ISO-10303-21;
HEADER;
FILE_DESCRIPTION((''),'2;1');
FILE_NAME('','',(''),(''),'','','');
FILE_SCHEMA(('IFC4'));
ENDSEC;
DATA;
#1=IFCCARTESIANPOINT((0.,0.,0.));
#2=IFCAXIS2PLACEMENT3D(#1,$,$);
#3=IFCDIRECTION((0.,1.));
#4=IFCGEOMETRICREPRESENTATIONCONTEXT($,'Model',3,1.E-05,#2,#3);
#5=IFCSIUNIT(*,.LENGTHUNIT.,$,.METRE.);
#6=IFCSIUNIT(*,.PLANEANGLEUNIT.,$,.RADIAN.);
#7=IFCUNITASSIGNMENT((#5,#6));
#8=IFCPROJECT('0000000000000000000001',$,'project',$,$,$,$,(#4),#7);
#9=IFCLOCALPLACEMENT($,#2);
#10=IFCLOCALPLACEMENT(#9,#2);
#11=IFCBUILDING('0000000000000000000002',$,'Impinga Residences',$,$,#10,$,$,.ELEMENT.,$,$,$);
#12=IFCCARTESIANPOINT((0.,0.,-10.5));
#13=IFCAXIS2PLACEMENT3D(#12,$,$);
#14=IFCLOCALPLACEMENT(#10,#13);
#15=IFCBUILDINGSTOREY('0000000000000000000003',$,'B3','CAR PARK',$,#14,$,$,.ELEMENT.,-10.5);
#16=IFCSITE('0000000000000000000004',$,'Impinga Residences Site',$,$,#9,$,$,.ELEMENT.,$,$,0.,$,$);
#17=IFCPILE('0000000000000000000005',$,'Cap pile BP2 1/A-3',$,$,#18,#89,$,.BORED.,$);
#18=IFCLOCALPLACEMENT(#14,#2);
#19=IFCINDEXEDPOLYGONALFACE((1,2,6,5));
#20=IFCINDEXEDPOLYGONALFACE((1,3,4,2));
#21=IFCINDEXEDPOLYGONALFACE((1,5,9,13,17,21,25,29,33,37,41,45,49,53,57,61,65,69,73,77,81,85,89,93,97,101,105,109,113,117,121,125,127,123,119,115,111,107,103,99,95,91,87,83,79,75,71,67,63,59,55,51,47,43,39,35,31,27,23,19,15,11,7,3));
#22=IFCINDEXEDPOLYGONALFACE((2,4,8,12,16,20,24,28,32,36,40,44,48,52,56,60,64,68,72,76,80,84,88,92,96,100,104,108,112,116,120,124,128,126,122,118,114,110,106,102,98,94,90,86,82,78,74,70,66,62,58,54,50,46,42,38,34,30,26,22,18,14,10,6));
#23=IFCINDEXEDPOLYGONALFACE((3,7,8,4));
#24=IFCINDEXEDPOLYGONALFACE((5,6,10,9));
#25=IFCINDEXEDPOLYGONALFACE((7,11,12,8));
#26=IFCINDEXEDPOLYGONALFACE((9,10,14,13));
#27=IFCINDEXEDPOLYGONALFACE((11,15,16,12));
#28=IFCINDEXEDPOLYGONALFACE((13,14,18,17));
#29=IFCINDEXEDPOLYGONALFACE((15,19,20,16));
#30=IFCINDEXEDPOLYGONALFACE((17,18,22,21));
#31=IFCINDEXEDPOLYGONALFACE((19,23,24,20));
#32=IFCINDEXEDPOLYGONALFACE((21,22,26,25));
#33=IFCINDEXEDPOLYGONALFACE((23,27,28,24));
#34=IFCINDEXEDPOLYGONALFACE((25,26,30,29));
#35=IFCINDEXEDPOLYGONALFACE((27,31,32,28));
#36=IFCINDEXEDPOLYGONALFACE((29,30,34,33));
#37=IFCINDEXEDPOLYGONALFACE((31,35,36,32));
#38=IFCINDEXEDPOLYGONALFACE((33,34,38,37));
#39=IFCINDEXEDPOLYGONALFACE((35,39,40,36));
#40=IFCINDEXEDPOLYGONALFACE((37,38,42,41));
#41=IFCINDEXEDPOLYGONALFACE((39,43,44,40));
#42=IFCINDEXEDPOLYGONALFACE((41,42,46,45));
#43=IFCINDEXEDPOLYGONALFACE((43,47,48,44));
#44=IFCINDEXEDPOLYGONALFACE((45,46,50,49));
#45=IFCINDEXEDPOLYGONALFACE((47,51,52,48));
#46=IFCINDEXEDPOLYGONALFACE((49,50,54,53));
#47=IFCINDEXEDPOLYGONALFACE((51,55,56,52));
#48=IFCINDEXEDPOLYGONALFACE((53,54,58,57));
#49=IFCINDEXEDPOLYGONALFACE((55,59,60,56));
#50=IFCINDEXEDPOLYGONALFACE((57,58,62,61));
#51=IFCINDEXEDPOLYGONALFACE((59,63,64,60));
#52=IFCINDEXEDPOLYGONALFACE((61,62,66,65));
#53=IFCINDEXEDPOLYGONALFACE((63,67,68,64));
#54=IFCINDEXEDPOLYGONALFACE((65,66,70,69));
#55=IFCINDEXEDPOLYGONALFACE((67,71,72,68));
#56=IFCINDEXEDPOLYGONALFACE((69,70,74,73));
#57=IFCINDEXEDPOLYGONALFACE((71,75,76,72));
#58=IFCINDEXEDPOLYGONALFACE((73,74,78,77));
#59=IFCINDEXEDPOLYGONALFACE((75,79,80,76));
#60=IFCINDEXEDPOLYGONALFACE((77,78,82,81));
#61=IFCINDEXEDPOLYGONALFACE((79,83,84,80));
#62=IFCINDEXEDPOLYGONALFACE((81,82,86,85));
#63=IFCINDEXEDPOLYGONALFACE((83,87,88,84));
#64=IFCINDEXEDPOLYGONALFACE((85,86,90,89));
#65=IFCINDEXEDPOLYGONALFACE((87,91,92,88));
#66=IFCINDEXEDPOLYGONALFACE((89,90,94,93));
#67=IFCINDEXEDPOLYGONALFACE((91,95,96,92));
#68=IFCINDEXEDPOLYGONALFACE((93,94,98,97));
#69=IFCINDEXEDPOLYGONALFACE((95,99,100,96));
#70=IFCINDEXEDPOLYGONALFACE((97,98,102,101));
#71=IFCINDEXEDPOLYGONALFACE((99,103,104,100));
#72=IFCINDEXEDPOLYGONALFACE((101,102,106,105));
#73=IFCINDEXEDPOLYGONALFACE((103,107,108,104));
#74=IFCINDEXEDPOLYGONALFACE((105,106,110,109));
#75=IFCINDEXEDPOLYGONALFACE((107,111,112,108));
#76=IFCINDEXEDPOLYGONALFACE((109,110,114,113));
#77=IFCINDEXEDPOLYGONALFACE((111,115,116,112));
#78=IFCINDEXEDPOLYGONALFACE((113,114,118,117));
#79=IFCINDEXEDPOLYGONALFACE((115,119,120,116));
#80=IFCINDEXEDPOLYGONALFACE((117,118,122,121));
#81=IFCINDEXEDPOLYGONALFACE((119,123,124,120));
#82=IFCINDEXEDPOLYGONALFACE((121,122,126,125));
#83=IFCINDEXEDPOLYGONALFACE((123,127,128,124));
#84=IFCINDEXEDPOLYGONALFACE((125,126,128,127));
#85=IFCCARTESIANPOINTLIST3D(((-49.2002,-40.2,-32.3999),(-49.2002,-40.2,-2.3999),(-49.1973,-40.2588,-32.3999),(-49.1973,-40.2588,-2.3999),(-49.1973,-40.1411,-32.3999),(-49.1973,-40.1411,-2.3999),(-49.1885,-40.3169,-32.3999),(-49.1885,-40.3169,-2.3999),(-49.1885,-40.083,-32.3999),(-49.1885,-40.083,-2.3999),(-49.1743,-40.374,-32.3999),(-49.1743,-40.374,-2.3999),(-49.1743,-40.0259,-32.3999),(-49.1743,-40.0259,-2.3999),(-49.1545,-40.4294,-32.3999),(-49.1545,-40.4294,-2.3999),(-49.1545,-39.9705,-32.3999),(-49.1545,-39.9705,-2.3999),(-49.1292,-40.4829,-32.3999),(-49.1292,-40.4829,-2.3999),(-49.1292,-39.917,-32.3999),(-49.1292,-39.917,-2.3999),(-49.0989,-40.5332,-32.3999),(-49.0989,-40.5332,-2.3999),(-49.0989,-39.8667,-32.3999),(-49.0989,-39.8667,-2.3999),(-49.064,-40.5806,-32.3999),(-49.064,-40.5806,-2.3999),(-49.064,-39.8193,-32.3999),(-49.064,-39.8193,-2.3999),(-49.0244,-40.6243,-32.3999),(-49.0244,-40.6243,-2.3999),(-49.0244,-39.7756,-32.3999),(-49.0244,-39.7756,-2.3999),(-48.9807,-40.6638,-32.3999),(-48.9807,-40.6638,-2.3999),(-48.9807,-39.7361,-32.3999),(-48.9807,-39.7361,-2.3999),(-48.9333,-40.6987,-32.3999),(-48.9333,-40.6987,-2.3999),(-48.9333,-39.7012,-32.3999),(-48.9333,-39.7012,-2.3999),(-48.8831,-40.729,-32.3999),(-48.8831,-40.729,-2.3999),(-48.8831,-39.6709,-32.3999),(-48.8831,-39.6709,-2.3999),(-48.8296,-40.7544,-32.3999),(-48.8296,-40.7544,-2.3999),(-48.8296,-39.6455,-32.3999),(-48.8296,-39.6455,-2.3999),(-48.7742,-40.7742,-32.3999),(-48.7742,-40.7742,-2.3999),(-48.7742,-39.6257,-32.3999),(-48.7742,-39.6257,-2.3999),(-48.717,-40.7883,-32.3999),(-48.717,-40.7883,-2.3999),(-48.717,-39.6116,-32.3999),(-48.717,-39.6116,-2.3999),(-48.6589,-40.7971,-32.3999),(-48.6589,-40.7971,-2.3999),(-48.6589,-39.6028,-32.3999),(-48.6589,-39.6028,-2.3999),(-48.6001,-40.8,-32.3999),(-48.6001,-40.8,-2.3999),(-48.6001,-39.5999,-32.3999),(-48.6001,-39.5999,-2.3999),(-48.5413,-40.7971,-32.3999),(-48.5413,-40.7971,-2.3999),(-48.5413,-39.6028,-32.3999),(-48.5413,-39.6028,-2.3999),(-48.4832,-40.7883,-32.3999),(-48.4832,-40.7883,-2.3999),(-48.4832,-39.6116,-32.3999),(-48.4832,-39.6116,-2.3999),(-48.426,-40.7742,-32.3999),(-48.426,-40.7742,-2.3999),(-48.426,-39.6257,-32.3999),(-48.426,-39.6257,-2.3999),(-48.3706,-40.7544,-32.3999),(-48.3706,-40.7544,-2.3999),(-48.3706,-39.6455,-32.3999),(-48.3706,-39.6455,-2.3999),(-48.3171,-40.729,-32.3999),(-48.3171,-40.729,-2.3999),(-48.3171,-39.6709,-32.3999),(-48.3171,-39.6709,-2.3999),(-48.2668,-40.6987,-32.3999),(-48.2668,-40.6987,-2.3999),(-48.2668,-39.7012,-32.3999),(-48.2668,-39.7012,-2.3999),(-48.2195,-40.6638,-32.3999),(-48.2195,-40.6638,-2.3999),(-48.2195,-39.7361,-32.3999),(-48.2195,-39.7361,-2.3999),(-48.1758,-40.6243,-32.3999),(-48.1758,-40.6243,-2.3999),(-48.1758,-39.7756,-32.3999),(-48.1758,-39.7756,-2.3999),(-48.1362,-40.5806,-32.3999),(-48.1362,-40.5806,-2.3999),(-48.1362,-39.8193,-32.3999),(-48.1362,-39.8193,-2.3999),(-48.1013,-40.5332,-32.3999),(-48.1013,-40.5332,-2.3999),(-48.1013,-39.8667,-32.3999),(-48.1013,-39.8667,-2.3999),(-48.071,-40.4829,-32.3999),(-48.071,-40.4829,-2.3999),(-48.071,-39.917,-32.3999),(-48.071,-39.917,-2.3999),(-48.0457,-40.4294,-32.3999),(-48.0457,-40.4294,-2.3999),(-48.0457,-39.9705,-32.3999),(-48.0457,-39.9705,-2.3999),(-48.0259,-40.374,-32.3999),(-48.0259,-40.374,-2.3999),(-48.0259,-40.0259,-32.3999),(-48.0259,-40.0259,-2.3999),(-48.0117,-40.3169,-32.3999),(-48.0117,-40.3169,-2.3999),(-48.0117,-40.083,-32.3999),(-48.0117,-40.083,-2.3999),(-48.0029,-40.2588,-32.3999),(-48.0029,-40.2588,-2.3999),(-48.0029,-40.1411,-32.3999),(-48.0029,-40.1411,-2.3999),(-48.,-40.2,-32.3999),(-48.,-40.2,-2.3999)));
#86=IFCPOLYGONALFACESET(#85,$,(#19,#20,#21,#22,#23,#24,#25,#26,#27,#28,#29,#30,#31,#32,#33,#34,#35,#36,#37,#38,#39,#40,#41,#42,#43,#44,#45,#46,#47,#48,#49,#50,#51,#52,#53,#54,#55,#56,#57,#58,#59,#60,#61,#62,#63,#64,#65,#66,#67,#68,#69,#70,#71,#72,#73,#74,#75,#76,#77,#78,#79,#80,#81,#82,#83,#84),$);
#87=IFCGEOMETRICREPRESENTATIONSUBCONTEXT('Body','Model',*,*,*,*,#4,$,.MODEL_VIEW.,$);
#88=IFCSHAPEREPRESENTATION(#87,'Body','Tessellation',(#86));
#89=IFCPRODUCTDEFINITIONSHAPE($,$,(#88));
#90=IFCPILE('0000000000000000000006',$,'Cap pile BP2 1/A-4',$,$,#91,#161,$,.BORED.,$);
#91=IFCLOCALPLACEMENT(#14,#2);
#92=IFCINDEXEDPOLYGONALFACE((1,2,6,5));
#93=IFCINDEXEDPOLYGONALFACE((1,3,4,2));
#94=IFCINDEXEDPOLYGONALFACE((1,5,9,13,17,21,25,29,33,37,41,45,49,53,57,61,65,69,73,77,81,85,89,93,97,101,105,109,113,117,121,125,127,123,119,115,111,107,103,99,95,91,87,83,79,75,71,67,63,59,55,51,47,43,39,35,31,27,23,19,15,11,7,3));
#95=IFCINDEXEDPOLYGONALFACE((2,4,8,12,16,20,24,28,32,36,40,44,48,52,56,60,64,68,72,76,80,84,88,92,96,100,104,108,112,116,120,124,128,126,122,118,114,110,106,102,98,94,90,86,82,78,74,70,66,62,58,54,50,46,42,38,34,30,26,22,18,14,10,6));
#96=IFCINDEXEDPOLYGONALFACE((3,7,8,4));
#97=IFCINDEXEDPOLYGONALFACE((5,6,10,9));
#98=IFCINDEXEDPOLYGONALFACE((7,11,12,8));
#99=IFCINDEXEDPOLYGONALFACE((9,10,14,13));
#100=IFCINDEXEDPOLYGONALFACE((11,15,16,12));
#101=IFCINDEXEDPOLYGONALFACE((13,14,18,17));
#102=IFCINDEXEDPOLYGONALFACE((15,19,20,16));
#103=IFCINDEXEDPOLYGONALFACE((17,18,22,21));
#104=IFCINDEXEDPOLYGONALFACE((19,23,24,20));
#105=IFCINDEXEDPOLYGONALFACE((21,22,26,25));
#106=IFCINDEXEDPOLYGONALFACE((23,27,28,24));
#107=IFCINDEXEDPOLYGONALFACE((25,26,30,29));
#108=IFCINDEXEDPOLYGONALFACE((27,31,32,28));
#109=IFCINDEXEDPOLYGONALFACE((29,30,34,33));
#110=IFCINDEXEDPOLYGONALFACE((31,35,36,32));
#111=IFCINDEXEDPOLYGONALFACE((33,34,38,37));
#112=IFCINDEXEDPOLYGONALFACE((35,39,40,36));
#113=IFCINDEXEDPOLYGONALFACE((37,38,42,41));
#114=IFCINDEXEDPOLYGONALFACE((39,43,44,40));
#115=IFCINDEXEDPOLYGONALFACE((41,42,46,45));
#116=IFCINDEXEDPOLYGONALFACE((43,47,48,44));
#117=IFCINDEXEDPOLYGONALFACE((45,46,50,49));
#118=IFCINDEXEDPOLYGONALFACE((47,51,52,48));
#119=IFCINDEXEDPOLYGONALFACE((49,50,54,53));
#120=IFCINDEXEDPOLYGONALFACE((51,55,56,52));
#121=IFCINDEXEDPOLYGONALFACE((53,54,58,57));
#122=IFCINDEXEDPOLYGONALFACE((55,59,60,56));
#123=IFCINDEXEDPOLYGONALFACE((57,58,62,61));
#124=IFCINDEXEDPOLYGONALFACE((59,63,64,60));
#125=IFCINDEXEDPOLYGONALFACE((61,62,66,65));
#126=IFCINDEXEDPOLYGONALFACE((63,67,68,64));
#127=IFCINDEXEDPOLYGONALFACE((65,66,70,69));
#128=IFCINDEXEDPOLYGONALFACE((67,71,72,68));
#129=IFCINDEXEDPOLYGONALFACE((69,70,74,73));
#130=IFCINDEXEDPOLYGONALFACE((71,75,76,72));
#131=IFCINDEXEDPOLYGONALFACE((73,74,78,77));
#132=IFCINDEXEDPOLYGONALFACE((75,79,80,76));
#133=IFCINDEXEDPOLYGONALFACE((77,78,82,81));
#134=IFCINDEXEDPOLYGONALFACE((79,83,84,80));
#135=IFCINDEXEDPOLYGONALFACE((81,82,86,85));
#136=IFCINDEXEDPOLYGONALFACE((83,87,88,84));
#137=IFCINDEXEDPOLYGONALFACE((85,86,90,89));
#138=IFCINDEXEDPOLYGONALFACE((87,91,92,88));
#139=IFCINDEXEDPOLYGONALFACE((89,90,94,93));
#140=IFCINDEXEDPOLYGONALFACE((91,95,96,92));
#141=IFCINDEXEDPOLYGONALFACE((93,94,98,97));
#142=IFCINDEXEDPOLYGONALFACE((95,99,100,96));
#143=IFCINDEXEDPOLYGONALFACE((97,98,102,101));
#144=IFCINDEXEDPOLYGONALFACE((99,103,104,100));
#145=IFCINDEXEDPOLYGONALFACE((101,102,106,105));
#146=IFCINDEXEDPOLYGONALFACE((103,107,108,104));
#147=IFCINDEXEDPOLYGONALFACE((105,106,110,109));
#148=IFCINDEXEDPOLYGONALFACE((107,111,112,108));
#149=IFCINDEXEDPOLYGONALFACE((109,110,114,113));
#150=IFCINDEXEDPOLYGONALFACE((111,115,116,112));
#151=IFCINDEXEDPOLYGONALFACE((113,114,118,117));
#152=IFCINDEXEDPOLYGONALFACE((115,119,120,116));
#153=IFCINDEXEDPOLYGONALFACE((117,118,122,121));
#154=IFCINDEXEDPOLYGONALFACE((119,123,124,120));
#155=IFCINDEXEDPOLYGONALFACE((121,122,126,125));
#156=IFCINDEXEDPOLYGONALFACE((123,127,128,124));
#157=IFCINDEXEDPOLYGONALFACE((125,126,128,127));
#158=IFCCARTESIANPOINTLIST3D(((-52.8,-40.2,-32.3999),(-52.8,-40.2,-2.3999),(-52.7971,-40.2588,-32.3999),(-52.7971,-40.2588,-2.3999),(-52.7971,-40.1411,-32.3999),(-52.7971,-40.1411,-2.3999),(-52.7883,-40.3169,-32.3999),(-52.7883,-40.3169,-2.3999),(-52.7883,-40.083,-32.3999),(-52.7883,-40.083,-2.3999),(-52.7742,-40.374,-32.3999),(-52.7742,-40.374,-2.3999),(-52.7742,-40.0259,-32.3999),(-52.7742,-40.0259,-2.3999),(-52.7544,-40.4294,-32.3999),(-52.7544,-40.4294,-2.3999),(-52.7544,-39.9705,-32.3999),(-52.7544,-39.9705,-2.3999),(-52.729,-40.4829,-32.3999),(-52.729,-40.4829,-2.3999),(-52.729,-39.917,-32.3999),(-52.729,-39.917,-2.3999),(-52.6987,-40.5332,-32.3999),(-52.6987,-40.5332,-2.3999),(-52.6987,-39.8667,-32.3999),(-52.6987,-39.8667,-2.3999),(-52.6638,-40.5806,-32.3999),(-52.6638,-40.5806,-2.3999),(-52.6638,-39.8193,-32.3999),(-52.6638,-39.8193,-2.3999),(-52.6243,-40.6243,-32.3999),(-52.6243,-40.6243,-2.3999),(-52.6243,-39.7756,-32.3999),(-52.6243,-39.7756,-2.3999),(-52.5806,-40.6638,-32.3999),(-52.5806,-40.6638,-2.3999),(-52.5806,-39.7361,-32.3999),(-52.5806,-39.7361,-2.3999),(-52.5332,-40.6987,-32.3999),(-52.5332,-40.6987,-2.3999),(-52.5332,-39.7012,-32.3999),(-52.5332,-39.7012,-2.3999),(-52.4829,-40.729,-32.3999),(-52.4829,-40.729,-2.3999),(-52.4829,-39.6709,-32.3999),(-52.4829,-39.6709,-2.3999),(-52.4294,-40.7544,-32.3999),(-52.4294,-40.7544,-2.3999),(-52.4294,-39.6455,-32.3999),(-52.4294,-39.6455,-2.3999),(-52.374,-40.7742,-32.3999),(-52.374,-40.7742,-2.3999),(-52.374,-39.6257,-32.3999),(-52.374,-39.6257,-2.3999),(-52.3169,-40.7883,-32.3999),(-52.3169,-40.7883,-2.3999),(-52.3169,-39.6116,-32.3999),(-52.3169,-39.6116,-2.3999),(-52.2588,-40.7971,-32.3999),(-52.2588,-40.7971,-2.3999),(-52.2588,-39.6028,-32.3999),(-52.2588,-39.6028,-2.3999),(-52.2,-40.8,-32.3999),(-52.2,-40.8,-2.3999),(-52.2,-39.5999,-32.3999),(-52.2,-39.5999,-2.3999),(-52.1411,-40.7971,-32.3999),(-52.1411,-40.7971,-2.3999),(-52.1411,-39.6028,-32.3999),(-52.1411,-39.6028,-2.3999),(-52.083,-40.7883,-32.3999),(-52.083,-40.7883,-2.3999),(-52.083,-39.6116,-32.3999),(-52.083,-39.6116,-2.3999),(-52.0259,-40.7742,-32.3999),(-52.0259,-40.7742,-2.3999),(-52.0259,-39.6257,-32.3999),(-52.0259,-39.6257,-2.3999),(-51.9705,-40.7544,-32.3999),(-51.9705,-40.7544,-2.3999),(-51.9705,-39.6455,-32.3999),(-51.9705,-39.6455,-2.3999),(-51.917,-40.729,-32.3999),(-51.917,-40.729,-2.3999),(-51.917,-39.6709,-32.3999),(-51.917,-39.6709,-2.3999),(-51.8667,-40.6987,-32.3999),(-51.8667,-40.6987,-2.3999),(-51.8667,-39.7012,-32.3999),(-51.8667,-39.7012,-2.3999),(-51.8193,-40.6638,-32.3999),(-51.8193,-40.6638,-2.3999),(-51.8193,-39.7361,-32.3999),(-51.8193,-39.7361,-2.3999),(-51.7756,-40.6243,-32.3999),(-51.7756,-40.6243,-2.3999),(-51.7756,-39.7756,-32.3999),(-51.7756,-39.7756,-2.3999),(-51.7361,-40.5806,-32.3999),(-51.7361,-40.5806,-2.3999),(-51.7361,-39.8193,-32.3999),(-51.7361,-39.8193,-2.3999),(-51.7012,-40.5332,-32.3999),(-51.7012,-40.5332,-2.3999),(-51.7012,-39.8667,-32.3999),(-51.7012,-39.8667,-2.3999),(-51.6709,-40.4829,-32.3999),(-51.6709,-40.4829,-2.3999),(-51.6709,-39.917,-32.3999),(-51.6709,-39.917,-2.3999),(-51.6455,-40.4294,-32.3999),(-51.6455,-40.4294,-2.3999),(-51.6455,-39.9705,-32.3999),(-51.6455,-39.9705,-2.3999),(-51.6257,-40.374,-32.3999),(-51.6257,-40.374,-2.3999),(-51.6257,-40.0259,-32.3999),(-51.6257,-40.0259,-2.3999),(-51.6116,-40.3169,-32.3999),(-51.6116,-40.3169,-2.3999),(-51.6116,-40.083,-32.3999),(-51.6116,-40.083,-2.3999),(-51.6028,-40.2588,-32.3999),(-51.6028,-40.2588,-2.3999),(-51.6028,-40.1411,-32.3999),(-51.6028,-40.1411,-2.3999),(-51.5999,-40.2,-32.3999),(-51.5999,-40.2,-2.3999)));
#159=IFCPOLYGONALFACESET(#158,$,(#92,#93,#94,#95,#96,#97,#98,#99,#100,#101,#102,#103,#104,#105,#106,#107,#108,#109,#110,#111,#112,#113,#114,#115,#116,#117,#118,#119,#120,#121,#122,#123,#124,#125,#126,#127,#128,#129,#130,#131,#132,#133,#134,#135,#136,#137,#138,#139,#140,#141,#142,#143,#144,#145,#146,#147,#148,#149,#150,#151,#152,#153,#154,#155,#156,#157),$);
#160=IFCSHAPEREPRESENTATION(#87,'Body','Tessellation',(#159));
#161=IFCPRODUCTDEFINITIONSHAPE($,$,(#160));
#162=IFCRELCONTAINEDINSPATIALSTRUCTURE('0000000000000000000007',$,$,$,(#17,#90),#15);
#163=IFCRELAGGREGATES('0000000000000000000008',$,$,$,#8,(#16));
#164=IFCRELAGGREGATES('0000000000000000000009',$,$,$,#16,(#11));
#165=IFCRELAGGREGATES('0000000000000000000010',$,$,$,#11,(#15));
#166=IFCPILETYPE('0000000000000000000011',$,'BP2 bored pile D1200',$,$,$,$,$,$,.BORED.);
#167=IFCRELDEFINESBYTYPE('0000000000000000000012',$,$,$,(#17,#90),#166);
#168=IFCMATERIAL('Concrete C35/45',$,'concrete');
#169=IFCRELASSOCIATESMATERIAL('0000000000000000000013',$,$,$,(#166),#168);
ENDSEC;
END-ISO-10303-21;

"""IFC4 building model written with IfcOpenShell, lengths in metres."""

from ifc_helpers import new_model, si_unit, direction, frame, origin, origin_2d, place, context, subcontext, project, spatial, polyline, circle, outline, extrude, material, material_profile, profile_set, type_object, element, save


model = new_model("IFC4")

# Units and contexts
model_context = context("Model", 3, precision=1e-05, world=origin(), true_north=direction((0.0, 1.0)))
body_context = subcontext(model_context, "Body", "Model", "MODEL_VIEW")
ifc_project = project(units=[si_unit("LENGTHUNIT", "METRE"), si_unit("PLANEANGLEUNIT", "RADIAN")], contexts=[model_context])

# Site, building, storey
site_placement = place(None, origin())
site = spatial("IfcSite", under=ifc_project, at=site_placement, Name="Impinga Residences Site", CompositionType="ELEMENT", RefElevation=0.0)
building_placement = place(site_placement, origin())
building = spatial("IfcBuilding", under=site, at=building_placement, Name="Impinga Residences", CompositionType="ELEMENT")
storey_placement = place(building_placement, frame((0.0, 0.0, -10.5)))
storey = spatial("IfcBuildingStorey", under=building, at=storey_placement, Name="B3", Description="CAR PARK", CompositionType="ELEMENT", Elevation=-10.5)

# Piles
ifc_material_1 = material(Name="Concrete C35/45", Category="concrete")
ifc_material_profile_1 = material_profile(ifc_material_1, circle(Radius=0.6001, at=origin_2d()), Name="D1200")
ifc_profile_set_1 = profile_set([ifc_material_profile_1], Name="Concrete C35/45")
pile_type_1 = type_object("IfcPileType", Name="BP2 bored pile D1200", PredefinedType="BORED", material=ifc_profile_set_1)
pile_1_placement = place(storey_placement, frame((-48.6001, -40.2, -2.3999), z_axis=(0.0, 0.0, -1.0), x_axis=(1.0, 0.0, 0.0)))
element("IfcPile", 1, at=pile_1_placement, inside=storey, type_object=pile_type_1, Name="Cap pile BP2 1/A-3", PredefinedType="BORED", context=body_context, shape_type="SweptSolid", body=[
    extrude(outline(polyline([(0.6001, 0.0), (0.5972, 0.0588), (0.5884, 0.1169), (0.5742, 0.1741), (0.5544, 0.2295), (0.5291, 0.283), (0.4988, 0.3333), (0.4639, 0.3806), (0.4243, 0.4243), (0.3806, 0.4639), (0.3333, 0.4988), (0.283, 0.5291), (0.2295, 0.5544), (0.1741, 0.5742), (0.1169, 0.5884), (0.0588, 0.5972), (0.0, 0.6001), (-0.0588, 0.5972), (-0.1169, 0.5884), (-0.1741, 0.5742), (-0.2295, 0.5544), (-0.283, 0.5291), (-0.3333, 0.4988), (-0.3806, 0.4639), (-0.4243, 0.4243), (-0.4639, 0.3806), (-0.4988, 0.3333), (-0.5291, 0.283), (-0.5544, 0.2295), (-0.5742, 0.1741), (-0.5884, 0.1169), (-0.5972, 0.0588), (-0.6001, 0.0), (-0.5972, -0.0588), (-0.5884, -0.1169), (-0.5742, -0.1741), (-0.5544, -0.2295), (-0.5291, -0.283), (-0.4988, -0.3333), (-0.4639, -0.3806), (-0.4243, -0.4243), (-0.3806, -0.4639), (-0.3333, -0.4988), (-0.283, -0.5291), (-0.2295, -0.5544), (-0.1741, -0.5742), (-0.1169, -0.5884), (-0.0588, -0.5972), (0.0, -0.6001), (0.0588, -0.5972), (0.1169, -0.5884), (0.1741, -0.5742), (0.2295, -0.5544), (0.283, -0.5291), (0.3333, -0.4988), (0.3806, -0.4639), (0.4243, -0.4243), (0.4639, -0.3806), (0.4988, -0.3333), (0.5291, -0.283), (0.5544, -0.2295), (0.5742, -0.1741), (0.5884, -0.1169), (0.5972, -0.0588), (0.6001, 0.0)])), origin(), (0.0, 0.0, 1.0), 30.0),
])
pile_2_placement = place(storey_placement, frame((-52.2, -40.2, -2.3999), z_axis=(0.0, 0.0, -1.0), x_axis=(1.0, 0.0, 0.0)))
element("IfcPile", 2, at=pile_2_placement, inside=storey, type_object=pile_type_1, Name="Cap pile BP2 1/A-4", PredefinedType="BORED", context=body_context, shape_type="SweptSolid", body=[
    extrude(outline(polyline([(0.6001, 0.0), (0.5972, 0.0588), (0.5884, 0.1169), (0.5742, 0.1741), (0.5544, 0.2295), (0.5291, 0.283), (0.4988, 0.3333), (0.4639, 0.3806), (0.4243, 0.4243), (0.3806, 0.4639), (0.3333, 0.4988), (0.283, 0.5291), (0.2295, 0.5544), (0.1741, 0.5742), (0.1169, 0.5884), (0.0588, 0.5972), (0.0, 0.6001), (-0.0588, 0.5972), (-0.1169, 0.5884), (-0.1741, 0.5742), (-0.2295, 0.5544), (-0.283, 0.5291), (-0.3333, 0.4988), (-0.3806, 0.4639), (-0.4243, 0.4243), (-0.4639, 0.3806), (-0.4988, 0.3333), (-0.5291, 0.283), (-0.5544, 0.2295), (-0.5742, 0.1741), (-0.5884, 0.1169), (-0.5972, 0.0588), (-0.6001, 0.0), (-0.5972, -0.0588), (-0.5884, -0.1169), (-0.5742, -0.1741), (-0.5544, -0.2295), (-0.5291, -0.283), (-0.4988, -0.3333), (-0.4639, -0.3806), (-0.4243, -0.4243), (-0.3806, -0.4639), (-0.3333, -0.4988), (-0.283, -0.5291), (-0.2295, -0.5544), (-0.1741, -0.5742), (-0.1169, -0.5884), (-0.0588, -0.5972), (0.0, -0.6001), (0.0588, -0.5972), (0.1169, -0.5884), (0.1741, -0.5742), (0.2295, -0.5544), (0.283, -0.5291), (0.3333, -0.4988), (0.3806, -0.4639), (0.4243, -0.4243), (0.4639, -0.3806), (0.4988, -0.3333), (0.5291, -0.283), (0.5544, -0.2295), (0.5742, -0.1741), (0.5884, -0.1169), (0.5972, -0.0588), (0.6001, 0.0)])), origin(), (0.0, 0.0, 1.0), 30.0),
])

save(model, "model.ifc")
